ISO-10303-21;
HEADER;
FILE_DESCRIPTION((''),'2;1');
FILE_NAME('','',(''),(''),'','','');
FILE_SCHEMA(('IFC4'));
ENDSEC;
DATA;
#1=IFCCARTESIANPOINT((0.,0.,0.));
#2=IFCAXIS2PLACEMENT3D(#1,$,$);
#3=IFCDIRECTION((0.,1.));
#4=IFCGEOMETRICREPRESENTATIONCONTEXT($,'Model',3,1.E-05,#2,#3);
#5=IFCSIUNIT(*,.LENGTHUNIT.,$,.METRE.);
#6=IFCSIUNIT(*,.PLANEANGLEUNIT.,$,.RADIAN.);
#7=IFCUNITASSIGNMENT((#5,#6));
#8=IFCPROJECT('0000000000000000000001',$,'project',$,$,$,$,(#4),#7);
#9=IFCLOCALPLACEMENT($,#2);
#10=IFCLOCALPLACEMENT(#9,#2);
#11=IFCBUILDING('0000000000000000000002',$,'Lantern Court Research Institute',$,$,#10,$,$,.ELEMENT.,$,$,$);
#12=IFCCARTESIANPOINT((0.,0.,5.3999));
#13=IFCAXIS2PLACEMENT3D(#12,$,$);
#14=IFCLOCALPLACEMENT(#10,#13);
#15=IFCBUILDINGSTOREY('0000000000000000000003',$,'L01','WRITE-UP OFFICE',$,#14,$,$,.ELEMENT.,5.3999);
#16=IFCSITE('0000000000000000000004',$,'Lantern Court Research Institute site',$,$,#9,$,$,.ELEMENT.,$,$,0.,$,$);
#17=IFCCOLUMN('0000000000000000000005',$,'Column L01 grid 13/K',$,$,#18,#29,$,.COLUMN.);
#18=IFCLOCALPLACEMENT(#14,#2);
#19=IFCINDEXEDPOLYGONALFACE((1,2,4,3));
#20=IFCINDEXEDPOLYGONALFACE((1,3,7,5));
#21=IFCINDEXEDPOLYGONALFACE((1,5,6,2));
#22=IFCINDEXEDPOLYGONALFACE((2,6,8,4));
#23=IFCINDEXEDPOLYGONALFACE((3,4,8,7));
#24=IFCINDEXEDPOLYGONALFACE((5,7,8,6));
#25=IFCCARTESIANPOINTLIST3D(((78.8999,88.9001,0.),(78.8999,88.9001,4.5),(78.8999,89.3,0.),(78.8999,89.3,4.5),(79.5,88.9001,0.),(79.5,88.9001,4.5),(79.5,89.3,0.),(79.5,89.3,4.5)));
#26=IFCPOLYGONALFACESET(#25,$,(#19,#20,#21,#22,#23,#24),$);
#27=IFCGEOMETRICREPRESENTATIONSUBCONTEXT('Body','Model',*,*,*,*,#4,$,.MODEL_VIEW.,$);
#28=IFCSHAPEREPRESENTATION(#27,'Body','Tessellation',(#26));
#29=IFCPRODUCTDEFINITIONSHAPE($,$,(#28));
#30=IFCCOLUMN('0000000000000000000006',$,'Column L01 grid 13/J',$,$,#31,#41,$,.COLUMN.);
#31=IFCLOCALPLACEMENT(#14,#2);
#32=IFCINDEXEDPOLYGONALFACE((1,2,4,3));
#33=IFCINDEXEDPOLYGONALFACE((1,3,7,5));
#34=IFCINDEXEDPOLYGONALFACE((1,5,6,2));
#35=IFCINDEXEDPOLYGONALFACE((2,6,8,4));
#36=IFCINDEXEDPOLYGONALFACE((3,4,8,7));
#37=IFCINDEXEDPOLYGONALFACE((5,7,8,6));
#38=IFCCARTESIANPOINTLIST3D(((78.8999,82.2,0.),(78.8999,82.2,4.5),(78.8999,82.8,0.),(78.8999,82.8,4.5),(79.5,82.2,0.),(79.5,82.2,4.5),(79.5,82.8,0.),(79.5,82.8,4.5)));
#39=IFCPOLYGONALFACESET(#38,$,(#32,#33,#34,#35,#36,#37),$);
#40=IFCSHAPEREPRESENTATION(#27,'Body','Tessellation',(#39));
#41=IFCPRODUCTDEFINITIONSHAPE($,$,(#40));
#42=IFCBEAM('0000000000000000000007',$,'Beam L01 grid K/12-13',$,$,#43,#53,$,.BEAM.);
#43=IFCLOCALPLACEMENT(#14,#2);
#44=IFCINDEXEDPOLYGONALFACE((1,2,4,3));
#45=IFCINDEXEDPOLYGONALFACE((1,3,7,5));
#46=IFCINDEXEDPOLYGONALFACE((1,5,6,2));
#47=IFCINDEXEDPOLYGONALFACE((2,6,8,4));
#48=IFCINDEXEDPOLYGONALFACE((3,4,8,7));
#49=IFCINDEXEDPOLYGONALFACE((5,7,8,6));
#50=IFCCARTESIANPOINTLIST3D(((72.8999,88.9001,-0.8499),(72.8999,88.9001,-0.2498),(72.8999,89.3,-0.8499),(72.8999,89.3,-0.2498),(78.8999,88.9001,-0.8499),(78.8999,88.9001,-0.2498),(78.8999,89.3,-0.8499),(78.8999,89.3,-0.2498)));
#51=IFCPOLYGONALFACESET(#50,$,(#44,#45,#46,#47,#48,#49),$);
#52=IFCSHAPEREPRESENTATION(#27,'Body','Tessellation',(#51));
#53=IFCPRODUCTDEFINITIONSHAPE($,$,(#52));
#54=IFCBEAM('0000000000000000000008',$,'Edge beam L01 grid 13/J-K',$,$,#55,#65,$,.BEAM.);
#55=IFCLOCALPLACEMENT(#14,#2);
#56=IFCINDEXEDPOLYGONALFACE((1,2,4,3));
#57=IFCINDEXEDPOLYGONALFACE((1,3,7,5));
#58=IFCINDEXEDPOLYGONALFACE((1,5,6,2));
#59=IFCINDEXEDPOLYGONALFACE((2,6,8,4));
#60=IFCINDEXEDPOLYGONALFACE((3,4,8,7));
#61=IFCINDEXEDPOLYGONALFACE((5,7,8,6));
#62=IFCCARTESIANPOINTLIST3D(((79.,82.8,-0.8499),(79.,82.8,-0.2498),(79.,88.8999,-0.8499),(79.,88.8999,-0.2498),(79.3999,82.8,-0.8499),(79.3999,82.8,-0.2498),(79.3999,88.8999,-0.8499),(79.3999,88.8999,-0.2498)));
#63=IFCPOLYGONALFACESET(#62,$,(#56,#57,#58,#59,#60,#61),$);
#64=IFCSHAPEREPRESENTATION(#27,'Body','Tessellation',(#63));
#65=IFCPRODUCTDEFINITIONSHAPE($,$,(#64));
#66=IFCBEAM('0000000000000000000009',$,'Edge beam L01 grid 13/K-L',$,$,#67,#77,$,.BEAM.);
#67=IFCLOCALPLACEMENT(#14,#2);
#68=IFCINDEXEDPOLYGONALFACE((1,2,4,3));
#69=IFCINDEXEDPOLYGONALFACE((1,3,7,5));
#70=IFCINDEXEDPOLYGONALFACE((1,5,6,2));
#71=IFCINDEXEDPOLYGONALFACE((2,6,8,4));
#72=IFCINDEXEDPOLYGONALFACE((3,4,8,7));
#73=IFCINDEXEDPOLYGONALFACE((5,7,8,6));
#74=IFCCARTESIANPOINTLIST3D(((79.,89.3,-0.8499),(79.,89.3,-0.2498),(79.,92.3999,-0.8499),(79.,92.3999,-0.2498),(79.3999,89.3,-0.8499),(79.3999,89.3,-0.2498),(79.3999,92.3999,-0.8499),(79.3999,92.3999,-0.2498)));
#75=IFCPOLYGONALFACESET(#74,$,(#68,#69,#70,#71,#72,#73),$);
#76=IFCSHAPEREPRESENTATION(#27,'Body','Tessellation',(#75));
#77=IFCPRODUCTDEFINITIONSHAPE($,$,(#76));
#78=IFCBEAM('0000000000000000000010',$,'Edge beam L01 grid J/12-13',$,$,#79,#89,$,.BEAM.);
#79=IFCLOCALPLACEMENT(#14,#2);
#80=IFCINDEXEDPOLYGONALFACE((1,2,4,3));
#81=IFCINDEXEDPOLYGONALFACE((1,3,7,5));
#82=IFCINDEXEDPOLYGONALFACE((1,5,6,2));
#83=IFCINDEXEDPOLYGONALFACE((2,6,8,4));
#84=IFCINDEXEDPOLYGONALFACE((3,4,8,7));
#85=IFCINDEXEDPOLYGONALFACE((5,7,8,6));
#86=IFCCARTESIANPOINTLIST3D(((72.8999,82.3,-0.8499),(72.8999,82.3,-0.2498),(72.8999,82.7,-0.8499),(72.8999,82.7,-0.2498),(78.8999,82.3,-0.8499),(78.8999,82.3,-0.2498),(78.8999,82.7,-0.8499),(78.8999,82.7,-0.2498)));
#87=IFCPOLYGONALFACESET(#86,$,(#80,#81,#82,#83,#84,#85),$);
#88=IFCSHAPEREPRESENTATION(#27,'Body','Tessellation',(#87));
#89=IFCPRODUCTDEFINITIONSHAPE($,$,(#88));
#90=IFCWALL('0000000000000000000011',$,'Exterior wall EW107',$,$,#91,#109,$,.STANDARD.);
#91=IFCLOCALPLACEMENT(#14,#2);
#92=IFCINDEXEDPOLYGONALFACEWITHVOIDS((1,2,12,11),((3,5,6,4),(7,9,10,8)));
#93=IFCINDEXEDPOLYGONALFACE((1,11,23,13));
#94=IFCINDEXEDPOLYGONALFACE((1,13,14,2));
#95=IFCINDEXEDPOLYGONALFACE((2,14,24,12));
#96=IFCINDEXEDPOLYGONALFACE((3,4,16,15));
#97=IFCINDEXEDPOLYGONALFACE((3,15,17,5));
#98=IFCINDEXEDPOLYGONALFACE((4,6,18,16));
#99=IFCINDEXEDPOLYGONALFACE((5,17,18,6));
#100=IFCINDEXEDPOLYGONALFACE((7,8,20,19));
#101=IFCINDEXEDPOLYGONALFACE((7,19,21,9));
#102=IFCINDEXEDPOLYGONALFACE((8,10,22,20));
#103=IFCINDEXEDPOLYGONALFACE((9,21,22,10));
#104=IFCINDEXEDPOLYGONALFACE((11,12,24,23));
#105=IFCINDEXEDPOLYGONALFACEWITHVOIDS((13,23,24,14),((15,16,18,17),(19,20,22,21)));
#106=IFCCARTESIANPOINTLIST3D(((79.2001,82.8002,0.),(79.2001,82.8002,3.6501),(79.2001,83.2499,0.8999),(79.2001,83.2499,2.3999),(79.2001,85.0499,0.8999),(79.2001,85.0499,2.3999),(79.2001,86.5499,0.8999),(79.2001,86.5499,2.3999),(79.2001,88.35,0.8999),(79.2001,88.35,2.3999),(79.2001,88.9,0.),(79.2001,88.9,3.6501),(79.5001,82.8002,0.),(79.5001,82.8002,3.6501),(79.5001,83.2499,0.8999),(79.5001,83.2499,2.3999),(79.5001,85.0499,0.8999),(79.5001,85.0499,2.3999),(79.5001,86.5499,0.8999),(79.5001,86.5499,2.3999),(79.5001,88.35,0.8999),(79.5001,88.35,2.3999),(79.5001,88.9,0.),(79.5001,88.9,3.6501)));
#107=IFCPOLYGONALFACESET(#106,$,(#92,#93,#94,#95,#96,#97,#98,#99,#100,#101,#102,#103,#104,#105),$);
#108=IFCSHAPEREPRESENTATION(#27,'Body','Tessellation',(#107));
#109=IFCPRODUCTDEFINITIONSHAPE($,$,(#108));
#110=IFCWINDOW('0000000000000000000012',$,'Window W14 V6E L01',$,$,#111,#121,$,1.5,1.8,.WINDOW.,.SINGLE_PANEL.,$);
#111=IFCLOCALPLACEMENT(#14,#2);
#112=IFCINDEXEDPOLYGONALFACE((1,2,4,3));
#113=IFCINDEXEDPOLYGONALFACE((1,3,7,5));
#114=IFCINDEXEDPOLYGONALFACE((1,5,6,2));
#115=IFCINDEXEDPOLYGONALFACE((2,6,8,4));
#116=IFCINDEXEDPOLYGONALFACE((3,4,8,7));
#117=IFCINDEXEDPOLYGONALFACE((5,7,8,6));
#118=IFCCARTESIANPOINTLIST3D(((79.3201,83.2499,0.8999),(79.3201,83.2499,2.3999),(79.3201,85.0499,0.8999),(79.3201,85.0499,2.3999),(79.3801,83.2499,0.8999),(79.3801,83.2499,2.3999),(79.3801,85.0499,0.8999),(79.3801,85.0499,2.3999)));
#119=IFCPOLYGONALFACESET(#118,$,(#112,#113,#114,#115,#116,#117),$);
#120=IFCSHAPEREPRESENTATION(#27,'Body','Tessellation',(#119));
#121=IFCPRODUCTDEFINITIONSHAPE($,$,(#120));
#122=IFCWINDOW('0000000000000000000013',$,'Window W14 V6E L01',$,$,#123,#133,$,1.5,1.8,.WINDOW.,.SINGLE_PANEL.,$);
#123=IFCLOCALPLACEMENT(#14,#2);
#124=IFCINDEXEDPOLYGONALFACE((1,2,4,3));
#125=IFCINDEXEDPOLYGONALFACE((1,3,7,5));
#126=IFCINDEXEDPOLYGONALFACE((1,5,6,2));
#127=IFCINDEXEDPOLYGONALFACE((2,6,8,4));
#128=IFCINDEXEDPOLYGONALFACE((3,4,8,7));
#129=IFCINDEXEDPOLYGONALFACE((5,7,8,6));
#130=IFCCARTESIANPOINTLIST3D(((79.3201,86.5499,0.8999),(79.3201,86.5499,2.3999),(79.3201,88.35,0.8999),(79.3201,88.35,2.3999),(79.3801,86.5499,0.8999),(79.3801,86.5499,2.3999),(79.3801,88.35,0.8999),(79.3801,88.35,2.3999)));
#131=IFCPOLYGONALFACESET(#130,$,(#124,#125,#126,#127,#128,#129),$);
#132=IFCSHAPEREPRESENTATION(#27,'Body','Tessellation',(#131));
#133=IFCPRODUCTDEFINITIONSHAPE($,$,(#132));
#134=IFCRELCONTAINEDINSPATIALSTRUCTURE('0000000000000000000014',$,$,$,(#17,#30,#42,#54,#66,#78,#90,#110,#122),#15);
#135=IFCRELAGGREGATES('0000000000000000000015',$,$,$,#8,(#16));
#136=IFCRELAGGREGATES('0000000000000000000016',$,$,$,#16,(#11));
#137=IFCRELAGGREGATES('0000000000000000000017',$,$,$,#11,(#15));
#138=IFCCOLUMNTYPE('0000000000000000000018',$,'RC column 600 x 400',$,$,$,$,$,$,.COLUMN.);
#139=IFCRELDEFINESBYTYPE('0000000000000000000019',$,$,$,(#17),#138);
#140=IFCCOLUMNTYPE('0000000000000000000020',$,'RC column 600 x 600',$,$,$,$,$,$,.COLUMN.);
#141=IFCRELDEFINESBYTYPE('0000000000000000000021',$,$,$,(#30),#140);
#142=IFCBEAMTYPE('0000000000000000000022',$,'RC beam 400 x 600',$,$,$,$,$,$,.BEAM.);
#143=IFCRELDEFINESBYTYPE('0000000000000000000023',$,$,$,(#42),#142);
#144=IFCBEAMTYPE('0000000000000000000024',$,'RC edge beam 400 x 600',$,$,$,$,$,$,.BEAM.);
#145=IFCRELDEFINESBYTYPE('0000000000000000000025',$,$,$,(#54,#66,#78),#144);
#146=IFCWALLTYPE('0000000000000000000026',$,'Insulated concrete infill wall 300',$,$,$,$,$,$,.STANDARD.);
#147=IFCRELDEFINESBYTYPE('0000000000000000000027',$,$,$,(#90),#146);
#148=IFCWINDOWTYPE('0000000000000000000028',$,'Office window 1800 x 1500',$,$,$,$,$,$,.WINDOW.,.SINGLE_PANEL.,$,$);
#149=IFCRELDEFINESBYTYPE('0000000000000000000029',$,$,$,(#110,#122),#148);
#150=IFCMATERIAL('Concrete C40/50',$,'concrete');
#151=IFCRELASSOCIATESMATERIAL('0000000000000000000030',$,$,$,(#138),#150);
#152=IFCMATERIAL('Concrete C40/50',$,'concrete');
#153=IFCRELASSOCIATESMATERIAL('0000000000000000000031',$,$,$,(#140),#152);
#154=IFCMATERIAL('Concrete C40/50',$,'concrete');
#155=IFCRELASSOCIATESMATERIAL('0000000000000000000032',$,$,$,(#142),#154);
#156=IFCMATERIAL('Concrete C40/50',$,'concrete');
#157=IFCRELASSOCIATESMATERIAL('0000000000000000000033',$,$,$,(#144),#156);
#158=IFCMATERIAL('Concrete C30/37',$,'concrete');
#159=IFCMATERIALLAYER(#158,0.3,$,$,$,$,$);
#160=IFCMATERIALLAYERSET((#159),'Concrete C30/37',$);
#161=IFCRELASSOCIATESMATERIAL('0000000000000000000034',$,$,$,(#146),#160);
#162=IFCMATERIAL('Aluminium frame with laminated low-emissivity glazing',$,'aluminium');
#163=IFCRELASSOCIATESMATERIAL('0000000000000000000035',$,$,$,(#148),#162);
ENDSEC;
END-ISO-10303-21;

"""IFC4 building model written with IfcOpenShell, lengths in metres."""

from ifc_helpers import new_model, si_unit, direction, frame, frame_2d, origin, origin_2d, place, context, subcontext, project, spatial, rectangle, extrude, material, layer, layer_set, material_profile, profile_set, type_object, element, fill, save


model = new_model("IFC4")

# Units and contexts
model_context = context("Model", 3, precision=1e-05, world=origin(), true_north=direction((0.0, 1.0)))
body_context = subcontext(model_context, "Body", "Model", "MODEL_VIEW")
ifc_project = project(units=[si_unit("LENGTHUNIT", "METRE"), si_unit("PLANEANGLEUNIT", "RADIAN")], contexts=[model_context])

# Site, building, storey
site_placement = place(None, origin())
site = spatial("IfcSite", under=ifc_project, at=site_placement, Name="Lantern Court Research Institute site", CompositionType="ELEMENT", RefElevation=0.0)
building_placement = place(site_placement, origin())
building = spatial("IfcBuilding", under=site, at=building_placement, Name="Lantern Court Research Institute", CompositionType="ELEMENT")
storey_placement = place(building_placement, frame((0.0, 0.0, 5.3999)))
storey = spatial("IfcBuildingStorey", under=building, at=storey_placement, Name="L01", Description="WRITE-UP OFFICE", CompositionType="ELEMENT", Elevation=5.3999)

# Columns
ifc_material_1 = material(Name="Concrete C40/50", Category="concrete")
ifc_material_profile_1 = material_profile(ifc_material_1, rectangle(XDim=0.6001, YDim=0.3999, at=origin_2d()), Name="RC column 600 x 400")
ifc_profile_set_1 = profile_set([ifc_material_profile_1], Name="Concrete C40/50")
column_type_1 = type_object("IfcColumnType", Name="RC column 600 x 400", PredefinedType="COLUMN", material=ifc_profile_set_1)
column_1_placement = place(storey_placement, frame((79.2, 89.1001, 0.0), z_axis=(0.0, 0.0, 1.0), x_axis=(1.0, 0.0, 0.0)))
element("IfcColumn", 1, at=column_1_placement, inside=storey, type_object=column_type_1, Name="Column L01 grid 13/K", PredefinedType="COLUMN", context=body_context, shape_type="SweptSolid", body=[
    extrude(rectangle(XDim=0.6001, YDim=0.3999, at=origin_2d()), origin(), (0.0, 0.0, 1.0), 4.5),
])
ifc_material_2 = material(Name="Concrete C40/50", Category="concrete")
ifc_material_profile_2 = material_profile(ifc_material_2, rectangle(XDim=0.6001, YDim=0.6001, at=origin_2d()), Name="RC column 600 x 600")
ifc_profile_set_2 = profile_set([ifc_material_profile_2], Name="Concrete C40/50")
column_type_2 = type_object("IfcColumnType", Name="RC column 600 x 600", PredefinedType="COLUMN", material=ifc_profile_set_2)
column_2_placement = place(storey_placement, frame((79.2, 82.5, 0.0), z_axis=(0.0, 0.0, 1.0), x_axis=(1.0, 0.0, 0.0)))
element("IfcColumn", 2, at=column_2_placement, inside=storey, type_object=column_type_2, Name="Column L01 grid 13/J", PredefinedType="COLUMN", context=body_context, shape_type="SweptSolid", body=[
    extrude(rectangle(XDim=0.6001, YDim=0.6001, at=origin_2d()), origin(), (0.0, 0.0, 1.0), 4.5),
])

# Beams
ifc_material_3 = material(Name="Concrete C40/50", Category="concrete")
ifc_material_profile_3 = material_profile(ifc_material_3, rectangle(XDim=0.3999, YDim=0.6001, at=origin_2d()), Name="RC beam 400 x 600")
ifc_profile_set_3 = profile_set([ifc_material_profile_3], Name="Concrete C40/50")
beam_type_1 = type_object("IfcBeamType", Name="RC beam 400 x 600", PredefinedType="BEAM", material=ifc_profile_set_3)
beam_1_placement = place(storey_placement, frame((72.8999, 89.1001, -0.5498), z_axis=(1.0, 0.0, 0.0), x_axis=(0.0, 1.0, 0.0)))
element("IfcBeam", 3, at=beam_1_placement, inside=storey, type_object=beam_type_1, Name="Beam L01 grid K/12-13", PredefinedType="BEAM", context=body_context, shape_type="SweptSolid", body=[
    extrude(rectangle(XDim=0.3999, YDim=0.6001, at=origin_2d()), origin(), (0.0, 0.0, 1.0), 6.0),
])
ifc_material_4 = material(Name="Concrete C40/50", Category="concrete")
ifc_material_profile_4 = material_profile(ifc_material_4, rectangle(XDim=0.3999, YDim=0.6001, at=origin_2d()), Name="RC beam 400 x 600")
ifc_profile_set_4 = profile_set([ifc_material_profile_4], Name="Concrete C40/50")
beam_type_2 = type_object("IfcBeamType", Name="RC edge beam 400 x 600", PredefinedType="BEAM", material=ifc_profile_set_4)
beam_2_placement = place(storey_placement, frame((79.2, 82.8, -0.5498), z_axis=(0.0, 1.0, 0.0), x_axis=(-1.0, 0.0, 0.0)))
element("IfcBeam", 4, at=beam_2_placement, inside=storey, type_object=beam_type_2, Name="Edge beam L01 grid 13/J-K", PredefinedType="BEAM", context=body_context, shape_type="SweptSolid", body=[
    extrude(rectangle(XDim=0.3999, YDim=0.6001, at=origin_2d()), origin(), (0.0, 0.0, 1.0), 6.0999),
])
beam_3_placement = place(storey_placement, frame((79.2, 89.3, -0.5498), z_axis=(0.0, 1.0, 0.0), x_axis=(-1.0, 0.0, 0.0)))
element("IfcBeam", 5, at=beam_3_placement, inside=storey, type_object=beam_type_2, Name="Edge beam L01 grid 13/K-L", PredefinedType="BEAM", context=body_context, shape_type="SweptSolid", body=[
    extrude(rectangle(XDim=0.3999, YDim=0.6001, at=origin_2d()), origin(), (0.0, 0.0, 1.0), 3.0999),
])
beam_4_placement = place(storey_placement, frame((72.8999, 82.5, -0.5498), z_axis=(1.0, 0.0, 0.0), x_axis=(0.0, 1.0, 0.0)))
element("IfcBeam", 6, at=beam_4_placement, inside=storey, type_object=beam_type_2, Name="Edge beam L01 grid J/12-13", PredefinedType="BEAM", context=body_context, shape_type="SweptSolid", body=[
    extrude(rectangle(XDim=0.3999, YDim=0.6001, at=origin_2d()), origin(), (0.0, 0.0, 1.0), 6.0),
])

# Wall, openings, windows
ifc_material_5 = material(Name="Concrete C30/37", Category="concrete")
ifc_layer_1 = layer(ifc_material_5, 0.3)
ifc_layer_set_1 = layer_set([ifc_layer_1], Name="Concrete C30/37")
wall_type_1 = type_object("IfcWallType", Name="Insulated concrete infill wall 300", PredefinedType="STANDARD", material=ifc_layer_set_1)
wall_1_placement = place(storey_placement, frame((79.3501, 88.8999, 0.0), z_axis=(0.0, 0.0, 1.0), x_axis=(0.0, -1.0, 0.0)))
wall_1 = element("IfcWall", 7, at=wall_1_placement, inside=storey, type_object=wall_type_1, Name="Exterior wall EW107", PredefinedType="STANDARD", context=body_context, shape_type="SweptSolid", body=[
    extrude(rectangle(XDim=6.0999, YDim=0.3, at=frame_2d((3.0498, 0.0))), origin(), (0.0, 0.0, 1.0), 3.6501),
])
opening_1_placement = place(wall_1_placement, frame((3.8501, 0.0, 0.8999)))
opening_1 = element("IfcOpeningElement", 8, at=opening_1_placement, cuts=wall_1, PredefinedType="OPENING", context=body_context, shape_type="SweptSolid", body=[
    extrude(rectangle(XDim=1.8, YDim=1.5, at=frame_2d((0.8999, 0.75))), frame((0.0, 0.1599, 0.0), z_axis=(0.0, -1.0, 0.0), x_axis=(1.0, 0.0, 0.0)), (0.0, 0.0, 1.0), 0.3201),
])
opening_2_placement = place(wall_1_placement, frame((0.55, 0.0, 0.8999)))
opening_2 = element("IfcOpeningElement", 9, at=opening_2_placement, cuts=wall_1, PredefinedType="OPENING", context=body_context, shape_type="SweptSolid", body=[
    extrude(rectangle(XDim=1.8, YDim=1.5, at=frame_2d((0.8999, 0.75))), frame((0.0, 0.1599, 0.0), z_axis=(0.0, -1.0, 0.0), x_axis=(1.0, 0.0, 0.0)), (0.0, 0.0, 1.0), 0.3201),
])
ifc_material_6 = material(Name="Aluminium frame with laminated low-emissivity glazing", Category="aluminium")
window_type = type_object("IfcWindowType", Name="Office window 1800 x 1500", PartitioningType="SINGLE_PANEL", PredefinedType="WINDOW", material=ifc_material_6)
window_1_placement = place(opening_1_placement, origin())
window_1 = element("IfcWindow", 10, at=window_1_placement, inside=storey, type_object=window_type, Name="Window W14 V6E L01", OverallHeight=1.5, OverallWidth=1.8, PartitioningType="SINGLE_PANEL", PredefinedType="WINDOW", context=body_context, shape_type="SweptSolid", body=[
    extrude(rectangle(XDim=1.8, YDim=1.5, at=frame_2d((0.8999, 0.75))), frame((0.0, 0.03, 0.0), z_axis=(0.0, -1.0, 0.0), x_axis=(1.0, 0.0, 0.0)), (0.0, 0.0, 1.0), 0.0601),
])
fill(opening_1, window_1)
window_2_placement = place(opening_2_placement, origin())
window_2 = element("IfcWindow", 11, at=window_2_placement, inside=storey, type_object=window_type, Name="Window W14 V6E L01", OverallHeight=1.5, OverallWidth=1.8, PartitioningType="SINGLE_PANEL", PredefinedType="WINDOW", context=body_context, shape_type="SweptSolid", body=[
    extrude(rectangle(XDim=1.8, YDim=1.5, at=frame_2d((0.8999, 0.75))), frame((0.0, 0.03, 0.0), z_axis=(0.0, -1.0, 0.0), x_axis=(1.0, 0.0, 0.0)), (0.0, 0.0, 1.0), 0.0601),
])
fill(opening_2, window_2)

save(model, "model.ifc")
